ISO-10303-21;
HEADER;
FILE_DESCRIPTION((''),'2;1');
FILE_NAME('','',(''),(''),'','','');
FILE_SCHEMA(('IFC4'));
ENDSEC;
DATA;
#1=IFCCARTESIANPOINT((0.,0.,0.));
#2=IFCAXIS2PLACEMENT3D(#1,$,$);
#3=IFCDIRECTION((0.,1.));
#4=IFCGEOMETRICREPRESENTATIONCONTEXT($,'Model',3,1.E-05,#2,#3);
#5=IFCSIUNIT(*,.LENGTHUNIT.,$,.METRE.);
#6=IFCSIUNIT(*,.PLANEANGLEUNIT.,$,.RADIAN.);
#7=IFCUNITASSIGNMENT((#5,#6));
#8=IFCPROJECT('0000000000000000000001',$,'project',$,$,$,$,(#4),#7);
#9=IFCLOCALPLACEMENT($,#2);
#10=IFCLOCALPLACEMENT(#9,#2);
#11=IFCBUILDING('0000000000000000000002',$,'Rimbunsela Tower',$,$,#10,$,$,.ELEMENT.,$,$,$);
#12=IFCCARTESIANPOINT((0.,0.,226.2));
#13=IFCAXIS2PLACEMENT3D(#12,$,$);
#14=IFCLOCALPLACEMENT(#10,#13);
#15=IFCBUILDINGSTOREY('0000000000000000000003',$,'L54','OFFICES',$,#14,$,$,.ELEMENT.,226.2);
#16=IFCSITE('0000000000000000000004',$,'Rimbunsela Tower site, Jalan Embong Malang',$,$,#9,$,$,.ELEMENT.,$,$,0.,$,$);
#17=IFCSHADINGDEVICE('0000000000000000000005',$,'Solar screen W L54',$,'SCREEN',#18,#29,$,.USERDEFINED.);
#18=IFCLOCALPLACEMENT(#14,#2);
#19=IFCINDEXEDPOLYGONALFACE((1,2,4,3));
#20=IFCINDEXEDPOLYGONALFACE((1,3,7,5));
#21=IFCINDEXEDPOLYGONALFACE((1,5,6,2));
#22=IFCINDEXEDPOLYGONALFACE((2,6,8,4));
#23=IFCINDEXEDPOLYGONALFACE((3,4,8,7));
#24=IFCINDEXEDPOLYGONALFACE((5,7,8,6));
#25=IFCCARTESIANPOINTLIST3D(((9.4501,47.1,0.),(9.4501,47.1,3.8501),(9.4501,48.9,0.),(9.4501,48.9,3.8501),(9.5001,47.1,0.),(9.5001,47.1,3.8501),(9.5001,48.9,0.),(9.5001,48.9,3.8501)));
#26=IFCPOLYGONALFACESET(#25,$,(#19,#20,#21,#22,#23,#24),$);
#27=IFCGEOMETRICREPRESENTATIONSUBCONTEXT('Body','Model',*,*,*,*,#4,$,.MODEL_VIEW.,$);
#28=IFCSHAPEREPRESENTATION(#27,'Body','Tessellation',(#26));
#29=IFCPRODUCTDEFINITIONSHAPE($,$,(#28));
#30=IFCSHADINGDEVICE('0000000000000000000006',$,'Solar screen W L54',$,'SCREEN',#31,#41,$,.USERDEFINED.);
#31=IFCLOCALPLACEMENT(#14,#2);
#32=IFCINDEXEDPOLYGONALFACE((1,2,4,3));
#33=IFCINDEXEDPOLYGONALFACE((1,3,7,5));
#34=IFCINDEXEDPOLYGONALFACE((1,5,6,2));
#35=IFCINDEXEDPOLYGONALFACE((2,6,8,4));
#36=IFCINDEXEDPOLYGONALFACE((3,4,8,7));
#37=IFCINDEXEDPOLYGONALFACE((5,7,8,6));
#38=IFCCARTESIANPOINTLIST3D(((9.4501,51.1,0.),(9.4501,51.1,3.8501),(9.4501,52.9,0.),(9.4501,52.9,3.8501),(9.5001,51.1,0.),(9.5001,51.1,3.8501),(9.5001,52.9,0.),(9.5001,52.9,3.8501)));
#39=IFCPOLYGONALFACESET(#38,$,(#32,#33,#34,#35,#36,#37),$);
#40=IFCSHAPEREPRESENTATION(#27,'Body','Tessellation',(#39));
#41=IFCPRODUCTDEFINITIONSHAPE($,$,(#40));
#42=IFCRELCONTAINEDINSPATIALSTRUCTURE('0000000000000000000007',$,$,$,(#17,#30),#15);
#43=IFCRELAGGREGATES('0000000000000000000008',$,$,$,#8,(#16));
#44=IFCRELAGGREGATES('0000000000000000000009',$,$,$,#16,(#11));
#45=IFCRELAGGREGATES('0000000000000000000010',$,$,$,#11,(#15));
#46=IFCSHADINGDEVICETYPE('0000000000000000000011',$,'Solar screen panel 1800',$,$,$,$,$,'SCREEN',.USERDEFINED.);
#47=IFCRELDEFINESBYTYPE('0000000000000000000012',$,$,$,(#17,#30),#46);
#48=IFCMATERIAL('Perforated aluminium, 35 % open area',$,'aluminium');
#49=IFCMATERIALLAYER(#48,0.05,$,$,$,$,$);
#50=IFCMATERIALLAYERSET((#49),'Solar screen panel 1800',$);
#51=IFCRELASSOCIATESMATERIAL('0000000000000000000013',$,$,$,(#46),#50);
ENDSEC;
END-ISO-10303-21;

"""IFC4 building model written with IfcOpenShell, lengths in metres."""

from ifc_helpers import new_model, si_unit, direction, frame, origin, origin_2d, place, context, subcontext, project, spatial, rectangle, extrude, material, layer, layer_set, type_object, element, save


model = new_model("IFC4")

# Units and contexts
model_context = context("Model", 3, precision=1e-05, world=origin(), true_north=direction((0.0, 1.0)))
body_context = subcontext(model_context, "Body", "Model", "MODEL_VIEW")
ifc_project = project(units=[si_unit("LENGTHUNIT", "METRE"), si_unit("PLANEANGLEUNIT", "RADIAN")], contexts=[model_context])

# Site, building, storey
site_placement = place(None, origin())
site = spatial("IfcSite", under=ifc_project, at=site_placement, Name="Rimbunsela Tower site, Jalan Embong Malang", CompositionType="ELEMENT", RefElevation=0.0)
building_placement = place(site_placement, origin())
building = spatial("IfcBuilding", under=site, at=building_placement, Name="Rimbunsela Tower", CompositionType="ELEMENT")
storey_placement = place(building_placement, frame((0.0, 0.0, 226.2)))
storey = spatial("IfcBuildingStorey", under=building, at=storey_placement, Name="L54", Description="OFFICES", CompositionType="ELEMENT", Elevation=226.2)

# Shading devices
ifc_material_1 = material(Name="Perforated aluminium, 35 % open area", Category="aluminium")
ifc_layer_1 = layer(ifc_material_1, 0.05)
ifc_layer_set_1 = layer_set([ifc_layer_1], Name="Solar screen panel 1800")
shading_device_type = type_object("IfcShadingDeviceType", Name="Solar screen panel 1800", ElementType="SCREEN", PredefinedType="USERDEFINED", material=ifc_layer_set_1)
for number, where, z_axis, x_axis, name in (
    (1, (9.4751, 48.0, 0.0), (0.0, 0.0, 1.0), (0.0, 1.0, 0.0), "Solar screen W L54"),
    (2, (9.4751, 52.0, 0.0), (0.0, 0.0, 1.0), (0.0, 1.0, 0.0), "Solar screen W L54"),
):
    element("IfcShadingDevice", number, at=place(storey_placement, frame(where, z_axis=z_axis, x_axis=x_axis)), inside=storey, type_object=shading_device_type, Name=name, ObjectType="SCREEN", PredefinedType="USERDEFINED", context=body_context, shape_type="SweptSolid", body=[
        extrude(rectangle(XDim=1.8, YDim=0.05, at=origin_2d()), origin(), (0.0, 0.0, 1.0), 3.8501),
    ])

save(model, "model.ifc")
